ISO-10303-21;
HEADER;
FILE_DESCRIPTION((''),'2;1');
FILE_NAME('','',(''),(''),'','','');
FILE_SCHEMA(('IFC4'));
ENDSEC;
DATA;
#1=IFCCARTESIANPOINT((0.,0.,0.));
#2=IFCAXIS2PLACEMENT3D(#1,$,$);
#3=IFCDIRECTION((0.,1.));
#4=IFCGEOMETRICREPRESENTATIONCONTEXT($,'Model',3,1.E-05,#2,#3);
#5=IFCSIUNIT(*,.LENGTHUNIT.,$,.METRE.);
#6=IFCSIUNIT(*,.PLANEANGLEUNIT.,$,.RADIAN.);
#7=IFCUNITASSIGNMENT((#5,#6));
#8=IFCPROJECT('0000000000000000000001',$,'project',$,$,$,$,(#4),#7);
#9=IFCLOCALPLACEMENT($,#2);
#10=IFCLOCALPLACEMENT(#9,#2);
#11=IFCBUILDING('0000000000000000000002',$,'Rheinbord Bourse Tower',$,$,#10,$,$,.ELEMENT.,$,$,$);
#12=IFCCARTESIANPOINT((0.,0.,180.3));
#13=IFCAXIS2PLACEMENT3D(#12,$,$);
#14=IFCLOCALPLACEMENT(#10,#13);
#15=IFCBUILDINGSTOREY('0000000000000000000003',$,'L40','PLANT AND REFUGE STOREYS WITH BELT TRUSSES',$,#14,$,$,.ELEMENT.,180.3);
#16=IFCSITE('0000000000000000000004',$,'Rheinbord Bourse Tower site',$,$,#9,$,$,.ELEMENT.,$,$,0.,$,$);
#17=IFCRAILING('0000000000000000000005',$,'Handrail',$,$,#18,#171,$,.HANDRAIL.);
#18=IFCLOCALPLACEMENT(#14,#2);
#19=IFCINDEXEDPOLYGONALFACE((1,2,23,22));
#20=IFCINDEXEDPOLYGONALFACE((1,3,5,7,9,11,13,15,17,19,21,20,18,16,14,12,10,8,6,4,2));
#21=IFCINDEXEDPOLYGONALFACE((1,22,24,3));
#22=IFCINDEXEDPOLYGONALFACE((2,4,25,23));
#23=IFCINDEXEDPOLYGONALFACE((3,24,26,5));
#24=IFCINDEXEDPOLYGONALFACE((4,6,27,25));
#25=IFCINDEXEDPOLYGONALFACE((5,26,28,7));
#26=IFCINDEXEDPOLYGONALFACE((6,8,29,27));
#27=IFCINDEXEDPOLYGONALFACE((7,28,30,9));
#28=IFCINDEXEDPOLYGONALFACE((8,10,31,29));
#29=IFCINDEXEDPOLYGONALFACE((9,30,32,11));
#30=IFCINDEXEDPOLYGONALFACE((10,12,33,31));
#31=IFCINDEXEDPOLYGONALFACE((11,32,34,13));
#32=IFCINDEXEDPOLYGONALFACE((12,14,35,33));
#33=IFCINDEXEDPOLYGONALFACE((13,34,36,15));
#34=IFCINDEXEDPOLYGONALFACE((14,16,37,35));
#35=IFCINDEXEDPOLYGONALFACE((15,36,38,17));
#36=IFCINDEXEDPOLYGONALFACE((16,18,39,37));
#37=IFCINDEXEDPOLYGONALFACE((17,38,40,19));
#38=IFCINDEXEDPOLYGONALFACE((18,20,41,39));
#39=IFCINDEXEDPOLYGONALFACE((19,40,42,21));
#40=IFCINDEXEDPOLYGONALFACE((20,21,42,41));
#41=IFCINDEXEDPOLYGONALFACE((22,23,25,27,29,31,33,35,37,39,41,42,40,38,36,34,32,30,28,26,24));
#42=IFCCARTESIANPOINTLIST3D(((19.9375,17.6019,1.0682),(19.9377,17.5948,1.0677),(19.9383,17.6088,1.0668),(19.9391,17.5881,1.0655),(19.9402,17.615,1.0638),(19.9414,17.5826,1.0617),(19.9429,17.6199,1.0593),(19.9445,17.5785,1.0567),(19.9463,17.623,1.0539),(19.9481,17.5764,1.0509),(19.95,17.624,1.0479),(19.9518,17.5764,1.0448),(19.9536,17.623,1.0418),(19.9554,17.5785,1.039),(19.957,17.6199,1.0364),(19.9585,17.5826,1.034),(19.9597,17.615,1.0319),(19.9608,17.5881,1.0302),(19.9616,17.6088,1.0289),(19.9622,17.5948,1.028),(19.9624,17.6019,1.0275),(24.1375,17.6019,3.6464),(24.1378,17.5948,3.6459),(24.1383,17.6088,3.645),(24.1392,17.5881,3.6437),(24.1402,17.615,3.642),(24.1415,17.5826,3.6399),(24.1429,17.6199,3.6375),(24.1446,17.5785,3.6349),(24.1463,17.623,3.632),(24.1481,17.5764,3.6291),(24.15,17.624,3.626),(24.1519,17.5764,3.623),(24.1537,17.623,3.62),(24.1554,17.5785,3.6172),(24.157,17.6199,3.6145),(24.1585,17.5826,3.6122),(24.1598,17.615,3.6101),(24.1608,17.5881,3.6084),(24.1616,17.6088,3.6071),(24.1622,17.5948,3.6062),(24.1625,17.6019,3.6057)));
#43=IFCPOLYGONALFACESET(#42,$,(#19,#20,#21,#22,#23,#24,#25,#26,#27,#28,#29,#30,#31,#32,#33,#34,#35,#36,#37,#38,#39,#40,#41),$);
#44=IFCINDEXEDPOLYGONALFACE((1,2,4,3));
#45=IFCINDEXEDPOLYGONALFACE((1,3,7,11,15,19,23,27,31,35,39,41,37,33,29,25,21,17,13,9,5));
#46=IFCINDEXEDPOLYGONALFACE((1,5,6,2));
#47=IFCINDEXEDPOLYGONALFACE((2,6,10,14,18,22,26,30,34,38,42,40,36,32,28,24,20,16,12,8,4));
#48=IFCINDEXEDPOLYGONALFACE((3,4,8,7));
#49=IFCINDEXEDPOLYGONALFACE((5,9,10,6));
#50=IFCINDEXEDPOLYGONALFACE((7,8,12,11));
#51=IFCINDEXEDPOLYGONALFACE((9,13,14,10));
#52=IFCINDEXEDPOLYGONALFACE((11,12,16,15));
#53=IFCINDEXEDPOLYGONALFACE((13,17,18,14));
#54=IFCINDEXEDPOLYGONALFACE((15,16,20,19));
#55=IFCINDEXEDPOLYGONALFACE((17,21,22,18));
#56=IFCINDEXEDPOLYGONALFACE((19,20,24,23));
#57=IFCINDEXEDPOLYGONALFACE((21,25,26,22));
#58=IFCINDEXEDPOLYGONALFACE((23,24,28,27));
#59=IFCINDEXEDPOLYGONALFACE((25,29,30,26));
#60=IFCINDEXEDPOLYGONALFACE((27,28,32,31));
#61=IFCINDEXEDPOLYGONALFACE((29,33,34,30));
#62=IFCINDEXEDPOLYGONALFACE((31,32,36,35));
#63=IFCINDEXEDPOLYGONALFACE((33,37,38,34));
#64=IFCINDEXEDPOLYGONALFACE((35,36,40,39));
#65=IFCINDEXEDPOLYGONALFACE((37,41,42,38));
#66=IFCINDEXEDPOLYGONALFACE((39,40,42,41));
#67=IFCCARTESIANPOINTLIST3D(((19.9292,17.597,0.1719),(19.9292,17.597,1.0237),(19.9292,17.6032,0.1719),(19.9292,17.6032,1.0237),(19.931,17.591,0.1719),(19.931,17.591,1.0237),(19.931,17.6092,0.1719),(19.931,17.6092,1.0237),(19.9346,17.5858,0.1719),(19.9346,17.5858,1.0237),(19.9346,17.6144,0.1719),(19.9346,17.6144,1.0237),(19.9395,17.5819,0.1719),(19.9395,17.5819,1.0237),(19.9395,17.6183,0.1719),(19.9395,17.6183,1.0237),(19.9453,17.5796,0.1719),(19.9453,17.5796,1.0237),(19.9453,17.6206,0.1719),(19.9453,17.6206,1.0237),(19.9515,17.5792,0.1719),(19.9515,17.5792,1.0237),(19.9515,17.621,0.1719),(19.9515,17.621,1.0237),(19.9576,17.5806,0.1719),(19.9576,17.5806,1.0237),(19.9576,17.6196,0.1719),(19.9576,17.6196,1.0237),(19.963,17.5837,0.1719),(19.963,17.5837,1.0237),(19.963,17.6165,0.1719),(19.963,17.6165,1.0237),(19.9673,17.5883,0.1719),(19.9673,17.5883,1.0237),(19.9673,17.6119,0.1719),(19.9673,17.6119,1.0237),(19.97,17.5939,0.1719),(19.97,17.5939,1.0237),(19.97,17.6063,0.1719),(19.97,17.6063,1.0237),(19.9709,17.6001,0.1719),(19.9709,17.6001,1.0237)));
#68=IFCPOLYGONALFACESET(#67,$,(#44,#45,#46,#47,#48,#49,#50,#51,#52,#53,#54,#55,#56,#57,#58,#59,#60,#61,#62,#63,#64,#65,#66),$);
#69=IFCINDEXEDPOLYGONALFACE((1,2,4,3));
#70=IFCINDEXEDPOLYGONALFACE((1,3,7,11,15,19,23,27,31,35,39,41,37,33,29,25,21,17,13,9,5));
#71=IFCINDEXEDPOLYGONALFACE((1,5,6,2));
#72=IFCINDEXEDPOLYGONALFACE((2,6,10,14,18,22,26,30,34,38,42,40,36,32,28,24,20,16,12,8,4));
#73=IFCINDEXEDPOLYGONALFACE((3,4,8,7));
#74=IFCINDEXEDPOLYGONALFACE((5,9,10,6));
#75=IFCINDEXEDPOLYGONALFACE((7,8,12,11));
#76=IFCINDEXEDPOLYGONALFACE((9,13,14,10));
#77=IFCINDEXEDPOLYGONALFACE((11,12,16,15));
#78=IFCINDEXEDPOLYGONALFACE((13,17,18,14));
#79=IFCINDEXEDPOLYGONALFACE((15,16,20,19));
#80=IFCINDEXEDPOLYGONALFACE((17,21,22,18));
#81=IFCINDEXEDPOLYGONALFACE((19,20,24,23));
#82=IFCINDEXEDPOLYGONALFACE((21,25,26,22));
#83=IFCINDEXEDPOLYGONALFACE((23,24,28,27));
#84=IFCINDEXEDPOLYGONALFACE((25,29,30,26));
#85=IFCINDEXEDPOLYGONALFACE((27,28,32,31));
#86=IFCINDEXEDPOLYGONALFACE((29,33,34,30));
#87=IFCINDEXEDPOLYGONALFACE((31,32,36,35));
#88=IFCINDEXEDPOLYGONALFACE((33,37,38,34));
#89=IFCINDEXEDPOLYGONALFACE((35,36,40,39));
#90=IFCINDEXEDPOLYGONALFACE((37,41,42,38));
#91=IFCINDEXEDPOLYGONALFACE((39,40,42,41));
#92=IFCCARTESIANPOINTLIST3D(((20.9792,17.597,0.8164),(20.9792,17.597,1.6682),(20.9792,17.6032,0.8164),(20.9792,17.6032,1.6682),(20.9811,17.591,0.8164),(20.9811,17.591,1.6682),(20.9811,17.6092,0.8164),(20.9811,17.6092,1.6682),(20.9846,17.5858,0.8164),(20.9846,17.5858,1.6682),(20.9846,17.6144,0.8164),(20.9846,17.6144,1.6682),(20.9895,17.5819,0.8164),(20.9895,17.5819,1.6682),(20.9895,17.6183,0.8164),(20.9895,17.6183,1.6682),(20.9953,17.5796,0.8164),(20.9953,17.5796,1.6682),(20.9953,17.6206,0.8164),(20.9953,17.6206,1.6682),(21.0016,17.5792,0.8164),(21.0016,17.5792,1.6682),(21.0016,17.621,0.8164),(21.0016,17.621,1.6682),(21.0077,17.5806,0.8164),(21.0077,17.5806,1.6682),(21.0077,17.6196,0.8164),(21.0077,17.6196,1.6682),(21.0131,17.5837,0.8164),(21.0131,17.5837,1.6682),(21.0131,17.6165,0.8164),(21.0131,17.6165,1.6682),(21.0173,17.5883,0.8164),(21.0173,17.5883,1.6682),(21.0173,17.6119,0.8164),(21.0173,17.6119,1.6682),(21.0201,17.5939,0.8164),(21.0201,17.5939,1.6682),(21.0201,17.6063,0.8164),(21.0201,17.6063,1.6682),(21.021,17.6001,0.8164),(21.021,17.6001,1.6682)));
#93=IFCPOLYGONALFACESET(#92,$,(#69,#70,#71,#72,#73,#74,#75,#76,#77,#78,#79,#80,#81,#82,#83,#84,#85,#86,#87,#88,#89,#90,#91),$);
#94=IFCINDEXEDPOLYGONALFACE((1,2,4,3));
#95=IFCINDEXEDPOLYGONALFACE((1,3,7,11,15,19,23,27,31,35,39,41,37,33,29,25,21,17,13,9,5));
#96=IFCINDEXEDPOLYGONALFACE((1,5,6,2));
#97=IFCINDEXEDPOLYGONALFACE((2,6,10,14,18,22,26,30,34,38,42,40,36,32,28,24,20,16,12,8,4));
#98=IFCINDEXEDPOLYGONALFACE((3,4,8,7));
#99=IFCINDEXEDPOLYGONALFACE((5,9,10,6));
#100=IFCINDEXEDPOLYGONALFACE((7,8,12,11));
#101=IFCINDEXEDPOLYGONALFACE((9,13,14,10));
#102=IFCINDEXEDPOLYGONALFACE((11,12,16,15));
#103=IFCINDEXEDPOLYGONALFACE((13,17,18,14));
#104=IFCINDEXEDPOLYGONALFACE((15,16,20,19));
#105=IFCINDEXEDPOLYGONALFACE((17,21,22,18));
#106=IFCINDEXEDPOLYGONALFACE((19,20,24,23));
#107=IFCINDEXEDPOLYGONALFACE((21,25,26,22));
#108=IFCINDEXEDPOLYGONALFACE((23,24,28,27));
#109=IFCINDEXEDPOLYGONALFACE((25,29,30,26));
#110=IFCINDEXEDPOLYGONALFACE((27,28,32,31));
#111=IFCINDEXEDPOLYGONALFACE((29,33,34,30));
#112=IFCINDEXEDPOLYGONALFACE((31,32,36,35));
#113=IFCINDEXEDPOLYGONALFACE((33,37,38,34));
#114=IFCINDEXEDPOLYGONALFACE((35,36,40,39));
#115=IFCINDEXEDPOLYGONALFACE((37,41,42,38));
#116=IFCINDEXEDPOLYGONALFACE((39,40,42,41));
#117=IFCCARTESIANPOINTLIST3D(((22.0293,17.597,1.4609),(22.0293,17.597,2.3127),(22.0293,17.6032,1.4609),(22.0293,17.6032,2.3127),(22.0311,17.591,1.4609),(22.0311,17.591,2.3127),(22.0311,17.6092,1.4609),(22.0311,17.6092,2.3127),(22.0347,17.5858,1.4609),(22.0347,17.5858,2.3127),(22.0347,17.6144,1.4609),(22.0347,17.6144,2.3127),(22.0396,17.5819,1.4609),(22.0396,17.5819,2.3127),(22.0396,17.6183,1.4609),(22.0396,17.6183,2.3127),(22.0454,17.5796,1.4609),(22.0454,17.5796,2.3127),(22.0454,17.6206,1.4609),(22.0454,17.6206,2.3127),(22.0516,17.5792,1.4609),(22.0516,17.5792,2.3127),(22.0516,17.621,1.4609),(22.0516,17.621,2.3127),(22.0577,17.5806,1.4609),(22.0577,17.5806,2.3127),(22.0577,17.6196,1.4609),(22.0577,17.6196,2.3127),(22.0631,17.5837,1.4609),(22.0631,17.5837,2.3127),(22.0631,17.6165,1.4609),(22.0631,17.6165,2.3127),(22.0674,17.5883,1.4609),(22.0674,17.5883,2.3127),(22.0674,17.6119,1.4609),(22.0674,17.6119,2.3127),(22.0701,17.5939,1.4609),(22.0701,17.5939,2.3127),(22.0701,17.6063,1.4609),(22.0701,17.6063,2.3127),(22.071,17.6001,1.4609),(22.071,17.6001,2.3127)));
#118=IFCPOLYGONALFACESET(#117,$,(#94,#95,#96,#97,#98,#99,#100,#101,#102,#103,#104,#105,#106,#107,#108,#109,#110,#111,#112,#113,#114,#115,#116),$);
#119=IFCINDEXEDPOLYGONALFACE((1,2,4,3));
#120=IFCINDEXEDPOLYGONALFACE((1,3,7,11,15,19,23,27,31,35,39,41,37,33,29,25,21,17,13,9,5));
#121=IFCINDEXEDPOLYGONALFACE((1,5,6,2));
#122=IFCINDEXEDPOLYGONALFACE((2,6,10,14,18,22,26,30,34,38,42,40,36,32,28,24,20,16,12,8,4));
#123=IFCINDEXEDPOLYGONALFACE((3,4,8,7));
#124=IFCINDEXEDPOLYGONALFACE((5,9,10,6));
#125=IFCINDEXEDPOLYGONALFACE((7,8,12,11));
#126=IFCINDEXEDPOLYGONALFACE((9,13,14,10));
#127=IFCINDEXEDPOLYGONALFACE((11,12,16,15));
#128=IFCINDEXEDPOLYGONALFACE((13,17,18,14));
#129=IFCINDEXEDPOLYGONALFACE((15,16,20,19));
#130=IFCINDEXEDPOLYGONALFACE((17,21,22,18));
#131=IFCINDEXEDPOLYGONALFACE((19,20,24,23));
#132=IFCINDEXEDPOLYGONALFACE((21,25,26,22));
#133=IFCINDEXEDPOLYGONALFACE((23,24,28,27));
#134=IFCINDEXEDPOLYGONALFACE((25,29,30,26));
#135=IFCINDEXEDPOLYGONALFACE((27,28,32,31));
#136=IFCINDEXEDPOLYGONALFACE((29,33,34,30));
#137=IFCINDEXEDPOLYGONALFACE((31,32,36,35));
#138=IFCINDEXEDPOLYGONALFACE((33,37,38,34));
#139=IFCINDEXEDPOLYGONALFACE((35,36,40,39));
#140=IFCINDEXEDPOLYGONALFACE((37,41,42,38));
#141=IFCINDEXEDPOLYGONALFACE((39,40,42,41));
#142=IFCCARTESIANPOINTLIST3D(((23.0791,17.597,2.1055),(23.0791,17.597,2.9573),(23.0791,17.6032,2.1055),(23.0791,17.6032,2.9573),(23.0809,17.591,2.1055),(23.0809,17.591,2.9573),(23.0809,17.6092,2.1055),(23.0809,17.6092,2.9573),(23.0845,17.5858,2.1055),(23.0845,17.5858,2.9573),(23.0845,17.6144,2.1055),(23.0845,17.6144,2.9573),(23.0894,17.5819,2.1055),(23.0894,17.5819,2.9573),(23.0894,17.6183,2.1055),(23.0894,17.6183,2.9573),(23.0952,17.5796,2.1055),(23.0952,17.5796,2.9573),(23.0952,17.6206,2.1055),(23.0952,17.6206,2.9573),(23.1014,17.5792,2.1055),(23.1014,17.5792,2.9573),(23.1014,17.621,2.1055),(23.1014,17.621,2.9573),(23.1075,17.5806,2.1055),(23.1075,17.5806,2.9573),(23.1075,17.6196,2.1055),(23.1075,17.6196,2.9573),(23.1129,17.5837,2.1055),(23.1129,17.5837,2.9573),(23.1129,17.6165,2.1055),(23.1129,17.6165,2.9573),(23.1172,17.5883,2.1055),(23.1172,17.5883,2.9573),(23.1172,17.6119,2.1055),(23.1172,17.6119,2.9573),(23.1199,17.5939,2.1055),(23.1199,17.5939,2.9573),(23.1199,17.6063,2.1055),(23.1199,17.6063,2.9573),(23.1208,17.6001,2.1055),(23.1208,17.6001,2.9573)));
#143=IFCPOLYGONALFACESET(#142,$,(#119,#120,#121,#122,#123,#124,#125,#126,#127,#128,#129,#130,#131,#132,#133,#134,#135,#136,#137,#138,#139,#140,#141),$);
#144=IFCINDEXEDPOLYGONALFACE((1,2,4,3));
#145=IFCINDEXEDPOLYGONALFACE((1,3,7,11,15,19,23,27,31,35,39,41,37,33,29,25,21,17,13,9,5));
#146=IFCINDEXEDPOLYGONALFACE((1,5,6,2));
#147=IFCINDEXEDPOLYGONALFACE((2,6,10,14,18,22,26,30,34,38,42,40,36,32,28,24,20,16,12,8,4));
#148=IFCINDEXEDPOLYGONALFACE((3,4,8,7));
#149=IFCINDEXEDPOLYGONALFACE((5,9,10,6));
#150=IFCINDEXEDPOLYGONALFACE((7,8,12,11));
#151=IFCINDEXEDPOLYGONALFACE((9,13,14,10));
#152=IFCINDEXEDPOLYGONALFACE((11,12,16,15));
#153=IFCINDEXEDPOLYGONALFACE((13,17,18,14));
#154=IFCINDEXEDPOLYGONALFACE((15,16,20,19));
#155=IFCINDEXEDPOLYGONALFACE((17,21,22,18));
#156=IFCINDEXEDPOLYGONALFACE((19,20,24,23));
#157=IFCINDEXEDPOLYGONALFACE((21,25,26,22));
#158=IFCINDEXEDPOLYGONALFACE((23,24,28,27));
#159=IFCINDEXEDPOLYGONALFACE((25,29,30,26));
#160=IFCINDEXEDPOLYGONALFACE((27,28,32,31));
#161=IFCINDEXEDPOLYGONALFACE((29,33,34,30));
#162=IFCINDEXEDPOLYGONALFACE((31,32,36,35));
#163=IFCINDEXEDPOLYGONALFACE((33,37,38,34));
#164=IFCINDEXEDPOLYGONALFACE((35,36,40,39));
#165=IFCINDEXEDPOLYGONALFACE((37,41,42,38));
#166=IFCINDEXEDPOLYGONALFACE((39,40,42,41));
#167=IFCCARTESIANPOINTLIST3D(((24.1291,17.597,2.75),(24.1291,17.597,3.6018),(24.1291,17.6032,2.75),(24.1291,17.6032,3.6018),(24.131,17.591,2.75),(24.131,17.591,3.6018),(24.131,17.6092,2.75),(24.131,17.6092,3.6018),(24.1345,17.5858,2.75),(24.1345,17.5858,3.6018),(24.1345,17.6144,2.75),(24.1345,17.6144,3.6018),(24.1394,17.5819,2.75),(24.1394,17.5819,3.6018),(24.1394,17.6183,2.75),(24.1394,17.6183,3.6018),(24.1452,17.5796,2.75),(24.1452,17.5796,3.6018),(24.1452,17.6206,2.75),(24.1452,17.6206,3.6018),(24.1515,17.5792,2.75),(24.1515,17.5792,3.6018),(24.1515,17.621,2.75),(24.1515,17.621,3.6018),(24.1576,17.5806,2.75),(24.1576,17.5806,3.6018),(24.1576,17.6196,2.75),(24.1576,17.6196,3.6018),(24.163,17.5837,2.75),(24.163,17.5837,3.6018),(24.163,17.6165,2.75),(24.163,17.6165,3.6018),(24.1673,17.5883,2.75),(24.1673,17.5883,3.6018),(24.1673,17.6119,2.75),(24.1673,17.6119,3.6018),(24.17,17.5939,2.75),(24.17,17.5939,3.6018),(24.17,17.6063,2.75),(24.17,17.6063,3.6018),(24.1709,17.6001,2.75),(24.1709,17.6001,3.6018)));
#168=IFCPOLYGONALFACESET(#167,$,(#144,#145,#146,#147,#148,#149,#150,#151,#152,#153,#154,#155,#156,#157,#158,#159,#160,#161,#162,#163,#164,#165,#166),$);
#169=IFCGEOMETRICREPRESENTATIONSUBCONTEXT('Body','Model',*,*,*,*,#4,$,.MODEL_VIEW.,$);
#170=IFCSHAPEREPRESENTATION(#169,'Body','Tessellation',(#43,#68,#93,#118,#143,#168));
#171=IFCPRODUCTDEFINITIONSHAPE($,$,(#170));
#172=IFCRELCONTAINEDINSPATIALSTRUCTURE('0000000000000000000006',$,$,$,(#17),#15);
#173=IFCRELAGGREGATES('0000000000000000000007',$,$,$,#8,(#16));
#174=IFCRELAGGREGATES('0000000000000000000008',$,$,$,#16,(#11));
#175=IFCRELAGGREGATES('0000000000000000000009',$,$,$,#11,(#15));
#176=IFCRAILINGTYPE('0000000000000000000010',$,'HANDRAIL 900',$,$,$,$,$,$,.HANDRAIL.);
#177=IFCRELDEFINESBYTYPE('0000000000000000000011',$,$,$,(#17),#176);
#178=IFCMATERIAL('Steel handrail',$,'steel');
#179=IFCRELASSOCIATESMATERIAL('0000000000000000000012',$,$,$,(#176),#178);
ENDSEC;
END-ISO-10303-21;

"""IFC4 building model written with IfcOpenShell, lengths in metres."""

from ifc_helpers import new_model, si_unit, direction, frame, origin, origin_2d, place, context, subcontext, project, spatial, circle, extrude, material, type_object, element, save


model = new_model("IFC4")

# Units and contexts
model_context = context("Model", 3, precision=1e-05, world=origin(), true_north=direction((0.0, 1.0)))
body_context = subcontext(model_context, "Body", "Model", "MODEL_VIEW")
ifc_project = project(units=[si_unit("LENGTHUNIT", "METRE"), si_unit("PLANEANGLEUNIT", "RADIAN")], contexts=[model_context])

# Site, building, storey
site_placement = place(None, origin())
site = spatial("IfcSite", under=ifc_project, at=site_placement, Name="Rheinbord Bourse Tower site", CompositionType="ELEMENT", RefElevation=0.0)
building_placement = place(site_placement, origin())
building = spatial("IfcBuilding", under=site, at=building_placement, Name="Rheinbord Bourse Tower", CompositionType="ELEMENT")
storey_placement = place(building_placement, frame((0.0, 0.0, 180.3)))
storey = spatial("IfcBuildingStorey", under=building, at=storey_placement, Name="L40", Description="PLANT AND REFUGE STOREYS WITH BELT TRUSSES", CompositionType="ELEMENT", Elevation=180.3)

# Railing
ifc_material_1 = material(Name="Steel handrail", Category="steel")
railing_type = type_object("IfcRailingType", Name="HANDRAIL 900", PredefinedType="HANDRAIL", material=ifc_material_1)
railing_placement = place(storey_placement, frame((19.95, 17.6001, 0.1719)))
element("IfcRailing", 1, at=railing_placement, inside=storey, type_object=railing_type, Name="Handrail", PredefinedType="HANDRAIL", context=body_context, shape_type="SweptSolid", body=[
    extrude(circle(Radius=0.0239, at=origin_2d()), frame((0.0, 0.0, 0.876), z_axis=(0.852243, 0.0, 0.523146), x_axis=(0.0, 1.0, 0.0)), (0.0, 0.0, 1.0), 4.9282),
    extrude(circle(Radius=0.021, at=origin_2d()), origin(), (0.0, 0.0, 1.0), 0.8518),
    extrude(circle(Radius=0.021, at=origin_2d()), frame((1.05, 0.0, 0.6445)), (0.0, 0.0, 1.0), 0.8518),
    extrude(circle(Radius=0.021, at=origin_2d()), frame((2.1001, 0.0, 1.2891)), (0.0, 0.0, 1.0), 0.8518),
    extrude(circle(Radius=0.021, at=origin_2d()), frame((3.1499, 0.0, 1.9336)), (0.0, 0.0, 1.0), 0.8518),
    extrude(circle(Radius=0.021, at=origin_2d()), frame((4.2, 0.0, 2.5781)), (0.0, 0.0, 1.0), 0.8518),
])

save(model, "model.ifc")
